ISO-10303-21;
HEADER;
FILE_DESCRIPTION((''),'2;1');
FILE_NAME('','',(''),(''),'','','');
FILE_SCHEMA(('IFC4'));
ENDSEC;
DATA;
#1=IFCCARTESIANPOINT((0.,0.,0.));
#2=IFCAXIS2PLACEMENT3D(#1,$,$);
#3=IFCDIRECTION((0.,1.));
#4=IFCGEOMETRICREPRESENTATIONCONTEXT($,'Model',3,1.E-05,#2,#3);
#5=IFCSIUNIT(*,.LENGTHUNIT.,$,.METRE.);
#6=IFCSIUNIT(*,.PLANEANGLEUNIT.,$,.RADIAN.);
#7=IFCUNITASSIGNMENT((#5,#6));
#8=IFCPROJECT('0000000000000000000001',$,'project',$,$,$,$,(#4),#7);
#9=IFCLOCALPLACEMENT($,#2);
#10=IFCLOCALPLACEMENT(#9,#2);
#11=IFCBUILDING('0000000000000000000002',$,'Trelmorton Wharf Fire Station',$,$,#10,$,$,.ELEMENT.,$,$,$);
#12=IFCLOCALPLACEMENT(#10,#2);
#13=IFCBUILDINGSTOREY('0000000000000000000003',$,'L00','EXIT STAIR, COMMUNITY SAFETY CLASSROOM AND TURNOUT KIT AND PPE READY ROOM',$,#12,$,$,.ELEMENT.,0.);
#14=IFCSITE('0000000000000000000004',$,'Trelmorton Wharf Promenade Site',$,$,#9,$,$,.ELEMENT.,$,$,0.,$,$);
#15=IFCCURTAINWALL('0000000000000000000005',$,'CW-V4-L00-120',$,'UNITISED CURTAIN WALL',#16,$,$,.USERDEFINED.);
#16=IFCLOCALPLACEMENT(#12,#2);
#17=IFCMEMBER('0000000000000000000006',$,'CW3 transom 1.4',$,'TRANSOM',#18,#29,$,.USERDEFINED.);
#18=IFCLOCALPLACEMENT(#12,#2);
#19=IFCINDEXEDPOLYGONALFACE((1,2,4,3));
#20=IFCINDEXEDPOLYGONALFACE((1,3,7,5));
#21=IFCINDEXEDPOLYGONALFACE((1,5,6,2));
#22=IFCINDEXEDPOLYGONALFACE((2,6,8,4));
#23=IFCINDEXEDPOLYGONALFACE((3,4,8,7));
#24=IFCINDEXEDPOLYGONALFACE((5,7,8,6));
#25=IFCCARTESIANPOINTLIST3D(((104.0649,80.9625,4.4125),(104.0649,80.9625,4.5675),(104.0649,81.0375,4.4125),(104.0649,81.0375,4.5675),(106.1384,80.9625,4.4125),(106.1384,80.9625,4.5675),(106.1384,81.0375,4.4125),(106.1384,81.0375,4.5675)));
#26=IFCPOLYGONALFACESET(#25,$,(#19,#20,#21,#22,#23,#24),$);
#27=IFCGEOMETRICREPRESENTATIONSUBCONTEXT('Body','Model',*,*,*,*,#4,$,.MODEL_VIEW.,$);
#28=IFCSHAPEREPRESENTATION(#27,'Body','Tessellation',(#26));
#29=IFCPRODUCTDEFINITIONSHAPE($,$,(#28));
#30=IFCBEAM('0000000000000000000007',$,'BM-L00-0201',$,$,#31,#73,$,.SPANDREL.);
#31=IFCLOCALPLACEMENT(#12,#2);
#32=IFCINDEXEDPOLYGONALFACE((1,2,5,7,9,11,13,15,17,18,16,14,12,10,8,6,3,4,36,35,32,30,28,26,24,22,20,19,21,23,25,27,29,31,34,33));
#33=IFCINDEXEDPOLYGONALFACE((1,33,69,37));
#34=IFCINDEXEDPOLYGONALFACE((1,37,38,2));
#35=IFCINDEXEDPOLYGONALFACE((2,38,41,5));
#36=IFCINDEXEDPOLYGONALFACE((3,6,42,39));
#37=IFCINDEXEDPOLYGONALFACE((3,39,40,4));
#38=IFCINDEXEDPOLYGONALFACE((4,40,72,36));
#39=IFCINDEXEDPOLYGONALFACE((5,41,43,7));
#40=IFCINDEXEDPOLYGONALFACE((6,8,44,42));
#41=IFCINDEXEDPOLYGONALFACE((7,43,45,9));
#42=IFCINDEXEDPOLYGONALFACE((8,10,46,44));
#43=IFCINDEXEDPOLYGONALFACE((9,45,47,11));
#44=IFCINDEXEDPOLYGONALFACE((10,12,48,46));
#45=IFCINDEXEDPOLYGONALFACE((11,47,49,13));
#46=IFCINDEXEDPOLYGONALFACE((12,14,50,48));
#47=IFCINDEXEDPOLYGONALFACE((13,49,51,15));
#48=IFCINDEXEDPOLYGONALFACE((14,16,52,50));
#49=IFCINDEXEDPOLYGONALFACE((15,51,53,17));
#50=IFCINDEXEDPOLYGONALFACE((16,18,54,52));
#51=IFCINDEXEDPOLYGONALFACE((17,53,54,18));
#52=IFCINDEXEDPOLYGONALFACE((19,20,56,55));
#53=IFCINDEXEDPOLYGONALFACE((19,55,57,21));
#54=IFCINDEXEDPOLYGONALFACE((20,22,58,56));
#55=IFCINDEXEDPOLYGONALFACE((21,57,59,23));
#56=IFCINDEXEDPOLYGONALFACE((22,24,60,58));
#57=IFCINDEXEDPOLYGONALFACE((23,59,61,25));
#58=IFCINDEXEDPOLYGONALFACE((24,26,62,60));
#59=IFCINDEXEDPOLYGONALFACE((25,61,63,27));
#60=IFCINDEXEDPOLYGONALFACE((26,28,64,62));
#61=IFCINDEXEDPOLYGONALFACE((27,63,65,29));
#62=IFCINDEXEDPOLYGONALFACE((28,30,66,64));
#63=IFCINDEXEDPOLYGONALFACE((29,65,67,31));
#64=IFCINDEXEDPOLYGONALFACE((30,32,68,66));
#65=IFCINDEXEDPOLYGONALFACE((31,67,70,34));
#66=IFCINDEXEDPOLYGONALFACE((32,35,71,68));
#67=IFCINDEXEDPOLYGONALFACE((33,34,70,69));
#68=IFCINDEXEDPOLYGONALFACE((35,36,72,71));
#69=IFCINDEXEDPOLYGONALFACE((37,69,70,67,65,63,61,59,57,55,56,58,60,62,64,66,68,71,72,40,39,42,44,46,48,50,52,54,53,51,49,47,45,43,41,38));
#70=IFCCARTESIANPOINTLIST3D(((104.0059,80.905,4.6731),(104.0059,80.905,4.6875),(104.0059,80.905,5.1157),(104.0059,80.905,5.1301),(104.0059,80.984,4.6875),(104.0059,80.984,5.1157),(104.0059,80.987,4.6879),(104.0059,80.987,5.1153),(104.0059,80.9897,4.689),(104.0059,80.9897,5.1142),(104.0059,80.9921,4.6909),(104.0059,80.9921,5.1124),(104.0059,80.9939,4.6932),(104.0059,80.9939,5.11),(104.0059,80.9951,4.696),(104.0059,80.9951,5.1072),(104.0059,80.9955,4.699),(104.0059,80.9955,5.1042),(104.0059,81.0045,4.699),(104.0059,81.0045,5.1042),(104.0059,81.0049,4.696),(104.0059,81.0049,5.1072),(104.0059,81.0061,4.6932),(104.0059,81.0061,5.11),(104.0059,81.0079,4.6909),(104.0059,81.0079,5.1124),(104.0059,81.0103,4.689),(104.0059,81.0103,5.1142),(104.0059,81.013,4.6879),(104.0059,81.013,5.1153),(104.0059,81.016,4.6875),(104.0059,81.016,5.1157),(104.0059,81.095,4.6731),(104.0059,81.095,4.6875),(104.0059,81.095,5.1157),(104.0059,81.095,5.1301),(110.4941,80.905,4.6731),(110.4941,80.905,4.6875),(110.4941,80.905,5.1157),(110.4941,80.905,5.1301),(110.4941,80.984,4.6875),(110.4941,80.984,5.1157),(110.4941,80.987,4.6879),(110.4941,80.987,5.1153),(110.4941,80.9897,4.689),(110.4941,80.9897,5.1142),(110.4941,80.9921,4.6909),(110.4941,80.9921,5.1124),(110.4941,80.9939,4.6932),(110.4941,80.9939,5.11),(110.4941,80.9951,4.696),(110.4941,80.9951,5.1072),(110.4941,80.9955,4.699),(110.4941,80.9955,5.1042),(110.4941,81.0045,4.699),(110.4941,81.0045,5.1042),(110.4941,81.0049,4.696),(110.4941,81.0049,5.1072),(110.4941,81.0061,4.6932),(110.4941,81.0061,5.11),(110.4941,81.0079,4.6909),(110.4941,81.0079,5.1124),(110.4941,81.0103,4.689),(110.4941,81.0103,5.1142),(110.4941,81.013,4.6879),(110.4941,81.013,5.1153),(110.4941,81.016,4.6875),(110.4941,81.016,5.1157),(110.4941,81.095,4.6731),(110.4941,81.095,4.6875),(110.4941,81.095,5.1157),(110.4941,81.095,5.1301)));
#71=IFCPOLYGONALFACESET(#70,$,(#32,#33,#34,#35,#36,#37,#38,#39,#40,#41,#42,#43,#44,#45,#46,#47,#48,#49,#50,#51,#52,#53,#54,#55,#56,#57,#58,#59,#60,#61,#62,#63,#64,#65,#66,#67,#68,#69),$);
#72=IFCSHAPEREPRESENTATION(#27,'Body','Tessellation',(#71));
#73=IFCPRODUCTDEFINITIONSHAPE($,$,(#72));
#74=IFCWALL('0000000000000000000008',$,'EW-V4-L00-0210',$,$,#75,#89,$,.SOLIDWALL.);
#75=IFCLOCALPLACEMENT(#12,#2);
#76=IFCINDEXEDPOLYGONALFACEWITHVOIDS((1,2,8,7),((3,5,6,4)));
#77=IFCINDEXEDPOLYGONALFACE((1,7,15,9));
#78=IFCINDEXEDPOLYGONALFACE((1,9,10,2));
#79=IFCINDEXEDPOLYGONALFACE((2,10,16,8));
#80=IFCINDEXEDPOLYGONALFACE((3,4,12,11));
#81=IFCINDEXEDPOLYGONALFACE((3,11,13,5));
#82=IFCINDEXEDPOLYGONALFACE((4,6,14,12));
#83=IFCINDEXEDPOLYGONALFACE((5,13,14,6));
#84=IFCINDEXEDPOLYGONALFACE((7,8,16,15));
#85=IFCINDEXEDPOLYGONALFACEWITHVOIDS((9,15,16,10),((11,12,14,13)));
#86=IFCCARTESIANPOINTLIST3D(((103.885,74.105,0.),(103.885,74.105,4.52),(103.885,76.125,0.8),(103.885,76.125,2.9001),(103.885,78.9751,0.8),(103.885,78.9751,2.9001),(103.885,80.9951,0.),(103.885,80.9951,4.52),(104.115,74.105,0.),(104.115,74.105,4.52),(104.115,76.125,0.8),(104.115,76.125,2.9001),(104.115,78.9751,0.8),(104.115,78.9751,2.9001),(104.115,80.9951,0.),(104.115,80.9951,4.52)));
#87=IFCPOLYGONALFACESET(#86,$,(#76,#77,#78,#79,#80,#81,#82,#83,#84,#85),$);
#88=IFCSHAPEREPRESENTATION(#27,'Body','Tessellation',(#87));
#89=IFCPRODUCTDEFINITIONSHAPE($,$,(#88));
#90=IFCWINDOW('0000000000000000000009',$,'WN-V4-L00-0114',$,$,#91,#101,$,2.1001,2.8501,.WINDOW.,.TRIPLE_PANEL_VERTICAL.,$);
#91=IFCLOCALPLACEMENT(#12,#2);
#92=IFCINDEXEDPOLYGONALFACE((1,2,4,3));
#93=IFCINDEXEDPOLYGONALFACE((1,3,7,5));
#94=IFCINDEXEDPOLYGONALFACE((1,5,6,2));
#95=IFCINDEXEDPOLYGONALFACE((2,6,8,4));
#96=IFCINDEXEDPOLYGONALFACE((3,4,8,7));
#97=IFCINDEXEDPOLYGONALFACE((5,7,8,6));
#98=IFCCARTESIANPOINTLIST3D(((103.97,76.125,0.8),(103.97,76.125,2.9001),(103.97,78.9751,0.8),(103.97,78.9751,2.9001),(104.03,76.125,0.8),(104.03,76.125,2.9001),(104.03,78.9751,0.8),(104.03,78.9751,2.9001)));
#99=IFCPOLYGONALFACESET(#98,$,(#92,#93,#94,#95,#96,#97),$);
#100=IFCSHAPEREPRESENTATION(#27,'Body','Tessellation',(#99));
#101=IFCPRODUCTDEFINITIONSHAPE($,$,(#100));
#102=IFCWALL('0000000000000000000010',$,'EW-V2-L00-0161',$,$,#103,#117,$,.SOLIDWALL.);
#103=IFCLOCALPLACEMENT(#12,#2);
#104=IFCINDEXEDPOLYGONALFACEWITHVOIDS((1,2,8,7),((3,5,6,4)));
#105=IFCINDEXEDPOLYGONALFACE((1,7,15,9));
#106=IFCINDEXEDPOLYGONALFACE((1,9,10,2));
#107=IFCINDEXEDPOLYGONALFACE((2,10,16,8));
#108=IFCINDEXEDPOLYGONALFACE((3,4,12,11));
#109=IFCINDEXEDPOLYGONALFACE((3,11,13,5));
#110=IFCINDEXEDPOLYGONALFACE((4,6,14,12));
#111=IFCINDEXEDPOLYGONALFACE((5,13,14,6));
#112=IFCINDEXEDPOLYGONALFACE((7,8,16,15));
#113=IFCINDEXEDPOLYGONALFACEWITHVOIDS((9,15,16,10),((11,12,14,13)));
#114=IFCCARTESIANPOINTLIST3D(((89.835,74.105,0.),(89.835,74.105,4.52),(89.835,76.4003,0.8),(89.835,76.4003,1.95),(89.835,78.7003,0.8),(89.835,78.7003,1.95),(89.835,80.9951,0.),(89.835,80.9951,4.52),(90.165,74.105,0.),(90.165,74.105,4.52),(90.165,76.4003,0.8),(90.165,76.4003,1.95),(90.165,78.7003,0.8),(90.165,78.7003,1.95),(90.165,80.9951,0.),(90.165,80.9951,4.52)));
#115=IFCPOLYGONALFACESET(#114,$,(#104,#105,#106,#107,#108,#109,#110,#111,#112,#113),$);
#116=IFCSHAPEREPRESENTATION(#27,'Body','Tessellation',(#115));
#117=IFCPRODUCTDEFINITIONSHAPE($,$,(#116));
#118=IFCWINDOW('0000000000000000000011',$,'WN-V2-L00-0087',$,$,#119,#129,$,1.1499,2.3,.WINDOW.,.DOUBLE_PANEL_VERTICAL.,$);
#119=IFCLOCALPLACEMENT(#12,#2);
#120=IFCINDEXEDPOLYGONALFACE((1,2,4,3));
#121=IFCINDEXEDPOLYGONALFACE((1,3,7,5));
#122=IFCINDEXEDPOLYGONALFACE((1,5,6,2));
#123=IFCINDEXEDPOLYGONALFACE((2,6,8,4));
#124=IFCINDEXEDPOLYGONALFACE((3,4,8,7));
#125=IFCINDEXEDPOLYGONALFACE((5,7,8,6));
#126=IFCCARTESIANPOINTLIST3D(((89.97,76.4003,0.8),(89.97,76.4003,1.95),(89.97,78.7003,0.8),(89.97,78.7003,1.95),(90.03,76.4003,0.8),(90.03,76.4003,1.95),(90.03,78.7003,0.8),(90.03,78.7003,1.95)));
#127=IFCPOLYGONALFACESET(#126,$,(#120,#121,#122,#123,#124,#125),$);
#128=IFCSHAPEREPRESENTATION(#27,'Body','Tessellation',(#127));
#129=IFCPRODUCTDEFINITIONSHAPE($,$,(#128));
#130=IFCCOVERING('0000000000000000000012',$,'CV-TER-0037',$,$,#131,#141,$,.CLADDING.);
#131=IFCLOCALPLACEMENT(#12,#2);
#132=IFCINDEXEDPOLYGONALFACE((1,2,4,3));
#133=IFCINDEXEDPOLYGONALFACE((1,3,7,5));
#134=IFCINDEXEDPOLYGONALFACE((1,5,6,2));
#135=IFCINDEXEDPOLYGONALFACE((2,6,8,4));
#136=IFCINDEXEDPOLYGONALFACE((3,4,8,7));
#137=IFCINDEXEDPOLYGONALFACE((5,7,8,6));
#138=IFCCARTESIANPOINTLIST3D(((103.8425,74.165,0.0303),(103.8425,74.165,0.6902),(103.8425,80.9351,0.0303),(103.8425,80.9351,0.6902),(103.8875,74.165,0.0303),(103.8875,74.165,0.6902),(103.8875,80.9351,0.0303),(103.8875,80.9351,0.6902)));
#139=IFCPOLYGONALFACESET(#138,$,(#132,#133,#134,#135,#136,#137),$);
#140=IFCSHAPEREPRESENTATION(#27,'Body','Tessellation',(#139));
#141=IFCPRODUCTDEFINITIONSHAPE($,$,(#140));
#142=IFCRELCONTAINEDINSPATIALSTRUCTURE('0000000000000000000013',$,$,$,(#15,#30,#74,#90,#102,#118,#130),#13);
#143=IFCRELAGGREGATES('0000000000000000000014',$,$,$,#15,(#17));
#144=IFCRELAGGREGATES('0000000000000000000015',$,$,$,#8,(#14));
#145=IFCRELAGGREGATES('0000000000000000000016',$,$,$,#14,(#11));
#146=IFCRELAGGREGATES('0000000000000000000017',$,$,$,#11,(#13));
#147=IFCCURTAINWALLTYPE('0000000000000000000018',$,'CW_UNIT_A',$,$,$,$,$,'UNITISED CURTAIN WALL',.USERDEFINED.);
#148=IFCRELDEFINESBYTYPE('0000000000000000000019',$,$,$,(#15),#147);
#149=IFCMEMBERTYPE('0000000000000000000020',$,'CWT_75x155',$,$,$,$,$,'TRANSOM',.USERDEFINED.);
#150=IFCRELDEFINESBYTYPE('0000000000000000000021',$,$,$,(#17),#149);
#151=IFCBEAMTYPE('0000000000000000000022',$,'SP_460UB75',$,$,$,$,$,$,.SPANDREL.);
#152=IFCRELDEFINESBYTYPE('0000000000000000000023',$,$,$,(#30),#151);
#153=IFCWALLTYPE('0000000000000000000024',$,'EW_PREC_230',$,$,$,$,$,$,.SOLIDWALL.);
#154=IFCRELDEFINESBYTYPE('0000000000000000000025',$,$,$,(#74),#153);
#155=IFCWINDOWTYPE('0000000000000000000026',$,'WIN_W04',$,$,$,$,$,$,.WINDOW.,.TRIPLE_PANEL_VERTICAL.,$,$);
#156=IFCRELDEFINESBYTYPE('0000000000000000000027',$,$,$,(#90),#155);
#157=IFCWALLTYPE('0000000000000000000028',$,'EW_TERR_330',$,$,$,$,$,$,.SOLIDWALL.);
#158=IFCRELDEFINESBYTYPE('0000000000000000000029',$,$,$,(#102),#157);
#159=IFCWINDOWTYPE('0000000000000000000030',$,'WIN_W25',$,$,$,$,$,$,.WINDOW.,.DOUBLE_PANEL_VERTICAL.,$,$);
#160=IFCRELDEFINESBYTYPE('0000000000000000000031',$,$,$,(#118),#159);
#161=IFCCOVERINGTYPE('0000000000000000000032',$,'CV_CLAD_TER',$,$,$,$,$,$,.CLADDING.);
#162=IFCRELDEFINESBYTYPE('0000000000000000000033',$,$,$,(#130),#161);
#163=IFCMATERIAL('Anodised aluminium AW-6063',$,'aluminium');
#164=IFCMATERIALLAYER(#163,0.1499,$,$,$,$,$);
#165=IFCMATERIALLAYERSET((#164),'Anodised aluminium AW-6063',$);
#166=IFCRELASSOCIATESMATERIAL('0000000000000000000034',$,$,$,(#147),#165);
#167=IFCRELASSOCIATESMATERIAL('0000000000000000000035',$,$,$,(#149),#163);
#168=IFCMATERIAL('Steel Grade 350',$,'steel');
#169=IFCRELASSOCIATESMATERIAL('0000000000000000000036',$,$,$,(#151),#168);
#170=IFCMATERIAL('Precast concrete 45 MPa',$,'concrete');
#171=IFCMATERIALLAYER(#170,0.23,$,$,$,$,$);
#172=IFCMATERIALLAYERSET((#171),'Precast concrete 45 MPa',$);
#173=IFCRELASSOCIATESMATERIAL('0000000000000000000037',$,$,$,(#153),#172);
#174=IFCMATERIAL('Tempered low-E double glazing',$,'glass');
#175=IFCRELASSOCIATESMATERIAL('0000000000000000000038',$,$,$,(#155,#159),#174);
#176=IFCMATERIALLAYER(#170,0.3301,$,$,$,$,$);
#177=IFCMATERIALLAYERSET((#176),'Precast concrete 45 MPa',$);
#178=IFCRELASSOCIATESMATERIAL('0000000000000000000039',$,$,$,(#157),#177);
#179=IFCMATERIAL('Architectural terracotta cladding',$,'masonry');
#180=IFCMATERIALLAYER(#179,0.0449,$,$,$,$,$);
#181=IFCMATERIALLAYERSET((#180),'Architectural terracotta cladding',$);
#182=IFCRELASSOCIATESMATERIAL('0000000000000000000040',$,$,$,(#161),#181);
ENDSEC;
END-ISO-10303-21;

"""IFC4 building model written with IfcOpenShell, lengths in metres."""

from ifc_helpers import new_model, si_unit, direction, frame, frame_2d, origin, origin_2d, place, context, subcontext, project, spatial, rectangle, i_section, extrude, material, layer, layer_set, material_profile, profile_set, type_object, element, fill, aggregate, save


model = new_model("IFC4")

# Units and contexts
model_context = context("Model", 3, precision=1e-05, world=origin(), true_north=direction((0.0, 1.0)))
body_context = subcontext(model_context, "Body", "Model", "MODEL_VIEW")
ifc_project = project(units=[si_unit("LENGTHUNIT", "METRE"), si_unit("PLANEANGLEUNIT", "RADIAN")], contexts=[model_context])

# Site, building, storey
site_placement = place(None, origin())
site = spatial("IfcSite", under=ifc_project, at=site_placement, Name="Trelmorton Wharf Promenade Site", CompositionType="ELEMENT", RefElevation=0.0)
building_placement = place(site_placement, origin())
building = spatial("IfcBuilding", under=site, at=building_placement, Name="Trelmorton Wharf Fire Station", CompositionType="ELEMENT")
storey_placement = place(building_placement, origin())
storey = spatial("IfcBuildingStorey", under=building, at=storey_placement, Name="L00", Description="EXIT STAIR, COMMUNITY SAFETY CLASSROOM AND TURNOUT KIT AND PPE READY ROOM", CompositionType="ELEMENT", Elevation=0.0)

# Shared definitions
ifc_material_1 = material(Name="Steel Grade 350", Category="steel")

# Curtain wall, member
ifc_material_2 = material(Name="Anodised aluminium AW-6063", Category="aluminium")
ifc_layer_1 = layer(ifc_material_2, 0.1499)
ifc_layer_set_1 = layer_set([ifc_layer_1], Name="Anodised aluminium AW-6063")
curtain_wall_type = type_object("IfcCurtainWallType", Name="CW_UNIT_A", ElementType="UNITISED CURTAIN WALL", PredefinedType="USERDEFINED", material=ifc_layer_set_1)
curtain_wall_placement = place(storey_placement, origin())
curtain_wall = element("IfcCurtainWall", 1, at=curtain_wall_placement, inside=storey, type_object=curtain_wall_type, Name="CW-V4-L00-120", ObjectType="UNITISED CURTAIN WALL", PredefinedType="USERDEFINED")
ifc_material_profile_1 = material_profile(ifc_material_2, rectangle(XDim=0.075, YDim=0.155, at=origin_2d()), Name="ALU-75x155")
ifc_profile_set_1 = profile_set([ifc_material_profile_1], Name="Anodised aluminium AW-6063")
member_type_1 = type_object("IfcMemberType", Name="CWT_75x155", ElementType="TRANSOM", PredefinedType="USERDEFINED", material=ifc_profile_set_1)
member_1_placement = place(storey_placement, frame((104.0649, 81.0, 4.49), z_axis=(1.0, 0.0, 0.0), x_axis=(0.0, 1.0, 0.0)))
member_1 = element("IfcMember", 2, at=member_1_placement, type_object=member_type_1, Name="CW3 transom 1.4", ObjectType="TRANSOM", PredefinedType="USERDEFINED", context=body_context, shape_type="SweptSolid", body=[
    extrude(rectangle(XDim=0.075, YDim=0.155, at=origin_2d()), origin(), (0.0, 0.0, 1.0), 2.0735),
])
aggregate(curtain_wall, [member_1])

# Beam
ifc_material_profile_2 = material_profile(ifc_material_1, i_section(OverallWidth=0.1899, OverallDepth=0.457, WebThickness=0.009, FlangeThickness=0.0144, FilletRadius=0.0115, at=origin_2d()), Name="460UB74.6")
ifc_profile_set_2 = profile_set([ifc_material_profile_2], Name="Steel Grade 350")
beam_type_1 = type_object("IfcBeamType", Name="SP_460UB75", PredefinedType="SPANDREL", material=ifc_profile_set_2)
beam_1_placement = place(storey_placement, frame((104.0059, 81.0, 4.9016), z_axis=(1.0, 0.0, 0.0), x_axis=(0.0, 1.0, 0.0)))
element("IfcBeam", 3, at=beam_1_placement, inside=storey, type_object=beam_type_1, Name="BM-L00-0201", PredefinedType="SPANDREL", context=body_context, shape_type="SweptSolid", body=[
    extrude(i_section(OverallWidth=0.1899, OverallDepth=0.457, WebThickness=0.009, FlangeThickness=0.0144, FilletRadius=0.0115, at=origin_2d()), origin(), (0.0, 0.0, 1.0), 6.4883),
])

# Walls, openings, windows
ifc_material_3 = material(Name="Precast concrete 45 MPa", Category="concrete")
ifc_layer_2 = layer(ifc_material_3, 0.23)
ifc_layer_set_2 = layer_set([ifc_layer_2], Name="Precast concrete 45 MPa")
wall_type_1 = type_object("IfcWallType", Name="EW_PREC_230", PredefinedType="SOLIDWALL", material=ifc_layer_set_2)
wall_1_placement = place(storey_placement, frame((104.0, 74.105, 0.0), z_axis=(0.0, 0.0, 1.0), x_axis=(0.0, 1.0, 0.0)))
wall_1 = element("IfcWall", 4, at=wall_1_placement, inside=storey, type_object=wall_type_1, Name="EW-V4-L00-0210", PredefinedType="SOLIDWALL", context=body_context, shape_type="SweptSolid", body=[
    extrude(rectangle(XDim=6.8901, YDim=0.23, at=frame_2d((3.4451, 0.0))), origin(), (0.0, 0.0, 1.0), 4.52),
])
opening_1_placement = place(wall_1_placement, frame((2.02, 0.0, 0.8)))
opening_1 = element("IfcOpeningElement", 5, at=opening_1_placement, cuts=wall_1, PredefinedType="OPENING", context=body_context, shape_type="SweptSolid", body=[
    extrude(rectangle(XDim=2.8501, YDim=2.1001, at=frame_2d((1.425, 1.05))), frame((0.0, 0.125, 0.0), z_axis=(0.0, -1.0, 0.0), x_axis=(1.0, 0.0, 0.0)), (0.0, 0.0, 1.0), 0.25),
])
ifc_material_4 = material(Name="Tempered low-E double glazing", Category="glass")
window_type_1 = type_object("IfcWindowType", Name="WIN_W04", PartitioningType="TRIPLE_PANEL_VERTICAL", PredefinedType="WINDOW", material=ifc_material_4)
window_1_placement = place(opening_1_placement, origin())
window_1 = element("IfcWindow", 6, at=window_1_placement, inside=storey, type_object=window_type_1, Name="WN-V4-L00-0114", OverallHeight=2.1001, OverallWidth=2.8501, PartitioningType="TRIPLE_PANEL_VERTICAL", PredefinedType="WINDOW", context=body_context, shape_type="SweptSolid", body=[
    extrude(rectangle(XDim=2.8501, YDim=2.1001, at=frame_2d((1.425, 1.05))), frame((0.0, 0.03, 0.0), z_axis=(0.0, -1.0, 0.0), x_axis=(1.0, 0.0, 0.0)), (0.0, 0.0, 1.0), 0.0601),
])
fill(opening_1, window_1)
ifc_layer_3 = layer(ifc_material_3, 0.3301)
ifc_layer_set_3 = layer_set([ifc_layer_3], Name="Precast concrete 45 MPa")
wall_type_2 = type_object("IfcWallType", Name="EW_TERR_330", PredefinedType="SOLIDWALL", material=ifc_layer_set_3)
wall_2_placement = place(storey_placement, frame((90.0, 80.9951, 0.0), z_axis=(0.0, 0.0, 1.0), x_axis=(0.0, -1.0, 0.0)))
wall_2 = element("IfcWall", 7, at=wall_2_placement, inside=storey, type_object=wall_type_2, Name="EW-V2-L00-0161", PredefinedType="SOLIDWALL", context=body_context, shape_type="SweptSolid", body=[
    extrude(rectangle(XDim=6.8901, YDim=0.3301, at=frame_2d((3.4451, 0.0))), origin(), (0.0, 0.0, 1.0), 4.52),
])
opening_2_placement = place(wall_2_placement, frame((2.2949, 0.0, 0.8)))
opening_2 = element("IfcOpeningElement", 8, at=opening_2_placement, cuts=wall_2, PredefinedType="OPENING", context=body_context, shape_type="SweptSolid", body=[
    extrude(rectangle(XDim=2.3, YDim=1.1499, at=frame_2d((1.1499, 0.575))), frame((0.0, 0.175, 0.0), z_axis=(0.0, -1.0, 0.0), x_axis=(1.0, 0.0, 0.0)), (0.0, 0.0, 1.0), 0.3501),
])
window_type_2 = type_object("IfcWindowType", Name="WIN_W25", PartitioningType="DOUBLE_PANEL_VERTICAL", PredefinedType="WINDOW", material=ifc_material_4)
window_2_placement = place(opening_2_placement, origin())
window_2 = element("IfcWindow", 9, at=window_2_placement, inside=storey, type_object=window_type_2, Name="WN-V2-L00-0087", OverallHeight=1.1499, OverallWidth=2.3, PartitioningType="DOUBLE_PANEL_VERTICAL", PredefinedType="WINDOW", context=body_context, shape_type="SweptSolid", body=[
    extrude(rectangle(XDim=2.3, YDim=1.1499, at=frame_2d((1.1499, 0.575))), frame((0.0, 0.03, 0.0), z_axis=(0.0, -1.0, 0.0), x_axis=(1.0, 0.0, 0.0)), (0.0, 0.0, 1.0), 0.0601),
])
fill(opening_2, window_2)

# Covering
ifc_material_5 = material(Name="Architectural terracotta cladding", Category="masonry")
ifc_layer_4 = layer(ifc_material_5, 0.0449)
ifc_layer_set_4 = layer_set([ifc_layer_4], Name="Architectural terracotta cladding")
covering_type = type_object("IfcCoveringType", Name="CV_CLAD_TER", PredefinedType="CLADDING", material=ifc_layer_set_4)
covering_placement = place(storey_placement, frame((103.865, 77.55, 0.0303), z_axis=(0.0, 0.0, 1.0), x_axis=(0.0, 1.0, 0.0)))
element("IfcCovering", 10, at=covering_placement, inside=storey, type_object=covering_type, Name="CV-TER-0037", PredefinedType="CLADDING", context=body_context, shape_type="SweptSolid", body=[
    extrude(rectangle(XDim=6.77, YDim=0.0449, at=origin_2d()), origin(), (0.0, 0.0, 1.0), 0.6599),
])

save(model, "model.ifc")
